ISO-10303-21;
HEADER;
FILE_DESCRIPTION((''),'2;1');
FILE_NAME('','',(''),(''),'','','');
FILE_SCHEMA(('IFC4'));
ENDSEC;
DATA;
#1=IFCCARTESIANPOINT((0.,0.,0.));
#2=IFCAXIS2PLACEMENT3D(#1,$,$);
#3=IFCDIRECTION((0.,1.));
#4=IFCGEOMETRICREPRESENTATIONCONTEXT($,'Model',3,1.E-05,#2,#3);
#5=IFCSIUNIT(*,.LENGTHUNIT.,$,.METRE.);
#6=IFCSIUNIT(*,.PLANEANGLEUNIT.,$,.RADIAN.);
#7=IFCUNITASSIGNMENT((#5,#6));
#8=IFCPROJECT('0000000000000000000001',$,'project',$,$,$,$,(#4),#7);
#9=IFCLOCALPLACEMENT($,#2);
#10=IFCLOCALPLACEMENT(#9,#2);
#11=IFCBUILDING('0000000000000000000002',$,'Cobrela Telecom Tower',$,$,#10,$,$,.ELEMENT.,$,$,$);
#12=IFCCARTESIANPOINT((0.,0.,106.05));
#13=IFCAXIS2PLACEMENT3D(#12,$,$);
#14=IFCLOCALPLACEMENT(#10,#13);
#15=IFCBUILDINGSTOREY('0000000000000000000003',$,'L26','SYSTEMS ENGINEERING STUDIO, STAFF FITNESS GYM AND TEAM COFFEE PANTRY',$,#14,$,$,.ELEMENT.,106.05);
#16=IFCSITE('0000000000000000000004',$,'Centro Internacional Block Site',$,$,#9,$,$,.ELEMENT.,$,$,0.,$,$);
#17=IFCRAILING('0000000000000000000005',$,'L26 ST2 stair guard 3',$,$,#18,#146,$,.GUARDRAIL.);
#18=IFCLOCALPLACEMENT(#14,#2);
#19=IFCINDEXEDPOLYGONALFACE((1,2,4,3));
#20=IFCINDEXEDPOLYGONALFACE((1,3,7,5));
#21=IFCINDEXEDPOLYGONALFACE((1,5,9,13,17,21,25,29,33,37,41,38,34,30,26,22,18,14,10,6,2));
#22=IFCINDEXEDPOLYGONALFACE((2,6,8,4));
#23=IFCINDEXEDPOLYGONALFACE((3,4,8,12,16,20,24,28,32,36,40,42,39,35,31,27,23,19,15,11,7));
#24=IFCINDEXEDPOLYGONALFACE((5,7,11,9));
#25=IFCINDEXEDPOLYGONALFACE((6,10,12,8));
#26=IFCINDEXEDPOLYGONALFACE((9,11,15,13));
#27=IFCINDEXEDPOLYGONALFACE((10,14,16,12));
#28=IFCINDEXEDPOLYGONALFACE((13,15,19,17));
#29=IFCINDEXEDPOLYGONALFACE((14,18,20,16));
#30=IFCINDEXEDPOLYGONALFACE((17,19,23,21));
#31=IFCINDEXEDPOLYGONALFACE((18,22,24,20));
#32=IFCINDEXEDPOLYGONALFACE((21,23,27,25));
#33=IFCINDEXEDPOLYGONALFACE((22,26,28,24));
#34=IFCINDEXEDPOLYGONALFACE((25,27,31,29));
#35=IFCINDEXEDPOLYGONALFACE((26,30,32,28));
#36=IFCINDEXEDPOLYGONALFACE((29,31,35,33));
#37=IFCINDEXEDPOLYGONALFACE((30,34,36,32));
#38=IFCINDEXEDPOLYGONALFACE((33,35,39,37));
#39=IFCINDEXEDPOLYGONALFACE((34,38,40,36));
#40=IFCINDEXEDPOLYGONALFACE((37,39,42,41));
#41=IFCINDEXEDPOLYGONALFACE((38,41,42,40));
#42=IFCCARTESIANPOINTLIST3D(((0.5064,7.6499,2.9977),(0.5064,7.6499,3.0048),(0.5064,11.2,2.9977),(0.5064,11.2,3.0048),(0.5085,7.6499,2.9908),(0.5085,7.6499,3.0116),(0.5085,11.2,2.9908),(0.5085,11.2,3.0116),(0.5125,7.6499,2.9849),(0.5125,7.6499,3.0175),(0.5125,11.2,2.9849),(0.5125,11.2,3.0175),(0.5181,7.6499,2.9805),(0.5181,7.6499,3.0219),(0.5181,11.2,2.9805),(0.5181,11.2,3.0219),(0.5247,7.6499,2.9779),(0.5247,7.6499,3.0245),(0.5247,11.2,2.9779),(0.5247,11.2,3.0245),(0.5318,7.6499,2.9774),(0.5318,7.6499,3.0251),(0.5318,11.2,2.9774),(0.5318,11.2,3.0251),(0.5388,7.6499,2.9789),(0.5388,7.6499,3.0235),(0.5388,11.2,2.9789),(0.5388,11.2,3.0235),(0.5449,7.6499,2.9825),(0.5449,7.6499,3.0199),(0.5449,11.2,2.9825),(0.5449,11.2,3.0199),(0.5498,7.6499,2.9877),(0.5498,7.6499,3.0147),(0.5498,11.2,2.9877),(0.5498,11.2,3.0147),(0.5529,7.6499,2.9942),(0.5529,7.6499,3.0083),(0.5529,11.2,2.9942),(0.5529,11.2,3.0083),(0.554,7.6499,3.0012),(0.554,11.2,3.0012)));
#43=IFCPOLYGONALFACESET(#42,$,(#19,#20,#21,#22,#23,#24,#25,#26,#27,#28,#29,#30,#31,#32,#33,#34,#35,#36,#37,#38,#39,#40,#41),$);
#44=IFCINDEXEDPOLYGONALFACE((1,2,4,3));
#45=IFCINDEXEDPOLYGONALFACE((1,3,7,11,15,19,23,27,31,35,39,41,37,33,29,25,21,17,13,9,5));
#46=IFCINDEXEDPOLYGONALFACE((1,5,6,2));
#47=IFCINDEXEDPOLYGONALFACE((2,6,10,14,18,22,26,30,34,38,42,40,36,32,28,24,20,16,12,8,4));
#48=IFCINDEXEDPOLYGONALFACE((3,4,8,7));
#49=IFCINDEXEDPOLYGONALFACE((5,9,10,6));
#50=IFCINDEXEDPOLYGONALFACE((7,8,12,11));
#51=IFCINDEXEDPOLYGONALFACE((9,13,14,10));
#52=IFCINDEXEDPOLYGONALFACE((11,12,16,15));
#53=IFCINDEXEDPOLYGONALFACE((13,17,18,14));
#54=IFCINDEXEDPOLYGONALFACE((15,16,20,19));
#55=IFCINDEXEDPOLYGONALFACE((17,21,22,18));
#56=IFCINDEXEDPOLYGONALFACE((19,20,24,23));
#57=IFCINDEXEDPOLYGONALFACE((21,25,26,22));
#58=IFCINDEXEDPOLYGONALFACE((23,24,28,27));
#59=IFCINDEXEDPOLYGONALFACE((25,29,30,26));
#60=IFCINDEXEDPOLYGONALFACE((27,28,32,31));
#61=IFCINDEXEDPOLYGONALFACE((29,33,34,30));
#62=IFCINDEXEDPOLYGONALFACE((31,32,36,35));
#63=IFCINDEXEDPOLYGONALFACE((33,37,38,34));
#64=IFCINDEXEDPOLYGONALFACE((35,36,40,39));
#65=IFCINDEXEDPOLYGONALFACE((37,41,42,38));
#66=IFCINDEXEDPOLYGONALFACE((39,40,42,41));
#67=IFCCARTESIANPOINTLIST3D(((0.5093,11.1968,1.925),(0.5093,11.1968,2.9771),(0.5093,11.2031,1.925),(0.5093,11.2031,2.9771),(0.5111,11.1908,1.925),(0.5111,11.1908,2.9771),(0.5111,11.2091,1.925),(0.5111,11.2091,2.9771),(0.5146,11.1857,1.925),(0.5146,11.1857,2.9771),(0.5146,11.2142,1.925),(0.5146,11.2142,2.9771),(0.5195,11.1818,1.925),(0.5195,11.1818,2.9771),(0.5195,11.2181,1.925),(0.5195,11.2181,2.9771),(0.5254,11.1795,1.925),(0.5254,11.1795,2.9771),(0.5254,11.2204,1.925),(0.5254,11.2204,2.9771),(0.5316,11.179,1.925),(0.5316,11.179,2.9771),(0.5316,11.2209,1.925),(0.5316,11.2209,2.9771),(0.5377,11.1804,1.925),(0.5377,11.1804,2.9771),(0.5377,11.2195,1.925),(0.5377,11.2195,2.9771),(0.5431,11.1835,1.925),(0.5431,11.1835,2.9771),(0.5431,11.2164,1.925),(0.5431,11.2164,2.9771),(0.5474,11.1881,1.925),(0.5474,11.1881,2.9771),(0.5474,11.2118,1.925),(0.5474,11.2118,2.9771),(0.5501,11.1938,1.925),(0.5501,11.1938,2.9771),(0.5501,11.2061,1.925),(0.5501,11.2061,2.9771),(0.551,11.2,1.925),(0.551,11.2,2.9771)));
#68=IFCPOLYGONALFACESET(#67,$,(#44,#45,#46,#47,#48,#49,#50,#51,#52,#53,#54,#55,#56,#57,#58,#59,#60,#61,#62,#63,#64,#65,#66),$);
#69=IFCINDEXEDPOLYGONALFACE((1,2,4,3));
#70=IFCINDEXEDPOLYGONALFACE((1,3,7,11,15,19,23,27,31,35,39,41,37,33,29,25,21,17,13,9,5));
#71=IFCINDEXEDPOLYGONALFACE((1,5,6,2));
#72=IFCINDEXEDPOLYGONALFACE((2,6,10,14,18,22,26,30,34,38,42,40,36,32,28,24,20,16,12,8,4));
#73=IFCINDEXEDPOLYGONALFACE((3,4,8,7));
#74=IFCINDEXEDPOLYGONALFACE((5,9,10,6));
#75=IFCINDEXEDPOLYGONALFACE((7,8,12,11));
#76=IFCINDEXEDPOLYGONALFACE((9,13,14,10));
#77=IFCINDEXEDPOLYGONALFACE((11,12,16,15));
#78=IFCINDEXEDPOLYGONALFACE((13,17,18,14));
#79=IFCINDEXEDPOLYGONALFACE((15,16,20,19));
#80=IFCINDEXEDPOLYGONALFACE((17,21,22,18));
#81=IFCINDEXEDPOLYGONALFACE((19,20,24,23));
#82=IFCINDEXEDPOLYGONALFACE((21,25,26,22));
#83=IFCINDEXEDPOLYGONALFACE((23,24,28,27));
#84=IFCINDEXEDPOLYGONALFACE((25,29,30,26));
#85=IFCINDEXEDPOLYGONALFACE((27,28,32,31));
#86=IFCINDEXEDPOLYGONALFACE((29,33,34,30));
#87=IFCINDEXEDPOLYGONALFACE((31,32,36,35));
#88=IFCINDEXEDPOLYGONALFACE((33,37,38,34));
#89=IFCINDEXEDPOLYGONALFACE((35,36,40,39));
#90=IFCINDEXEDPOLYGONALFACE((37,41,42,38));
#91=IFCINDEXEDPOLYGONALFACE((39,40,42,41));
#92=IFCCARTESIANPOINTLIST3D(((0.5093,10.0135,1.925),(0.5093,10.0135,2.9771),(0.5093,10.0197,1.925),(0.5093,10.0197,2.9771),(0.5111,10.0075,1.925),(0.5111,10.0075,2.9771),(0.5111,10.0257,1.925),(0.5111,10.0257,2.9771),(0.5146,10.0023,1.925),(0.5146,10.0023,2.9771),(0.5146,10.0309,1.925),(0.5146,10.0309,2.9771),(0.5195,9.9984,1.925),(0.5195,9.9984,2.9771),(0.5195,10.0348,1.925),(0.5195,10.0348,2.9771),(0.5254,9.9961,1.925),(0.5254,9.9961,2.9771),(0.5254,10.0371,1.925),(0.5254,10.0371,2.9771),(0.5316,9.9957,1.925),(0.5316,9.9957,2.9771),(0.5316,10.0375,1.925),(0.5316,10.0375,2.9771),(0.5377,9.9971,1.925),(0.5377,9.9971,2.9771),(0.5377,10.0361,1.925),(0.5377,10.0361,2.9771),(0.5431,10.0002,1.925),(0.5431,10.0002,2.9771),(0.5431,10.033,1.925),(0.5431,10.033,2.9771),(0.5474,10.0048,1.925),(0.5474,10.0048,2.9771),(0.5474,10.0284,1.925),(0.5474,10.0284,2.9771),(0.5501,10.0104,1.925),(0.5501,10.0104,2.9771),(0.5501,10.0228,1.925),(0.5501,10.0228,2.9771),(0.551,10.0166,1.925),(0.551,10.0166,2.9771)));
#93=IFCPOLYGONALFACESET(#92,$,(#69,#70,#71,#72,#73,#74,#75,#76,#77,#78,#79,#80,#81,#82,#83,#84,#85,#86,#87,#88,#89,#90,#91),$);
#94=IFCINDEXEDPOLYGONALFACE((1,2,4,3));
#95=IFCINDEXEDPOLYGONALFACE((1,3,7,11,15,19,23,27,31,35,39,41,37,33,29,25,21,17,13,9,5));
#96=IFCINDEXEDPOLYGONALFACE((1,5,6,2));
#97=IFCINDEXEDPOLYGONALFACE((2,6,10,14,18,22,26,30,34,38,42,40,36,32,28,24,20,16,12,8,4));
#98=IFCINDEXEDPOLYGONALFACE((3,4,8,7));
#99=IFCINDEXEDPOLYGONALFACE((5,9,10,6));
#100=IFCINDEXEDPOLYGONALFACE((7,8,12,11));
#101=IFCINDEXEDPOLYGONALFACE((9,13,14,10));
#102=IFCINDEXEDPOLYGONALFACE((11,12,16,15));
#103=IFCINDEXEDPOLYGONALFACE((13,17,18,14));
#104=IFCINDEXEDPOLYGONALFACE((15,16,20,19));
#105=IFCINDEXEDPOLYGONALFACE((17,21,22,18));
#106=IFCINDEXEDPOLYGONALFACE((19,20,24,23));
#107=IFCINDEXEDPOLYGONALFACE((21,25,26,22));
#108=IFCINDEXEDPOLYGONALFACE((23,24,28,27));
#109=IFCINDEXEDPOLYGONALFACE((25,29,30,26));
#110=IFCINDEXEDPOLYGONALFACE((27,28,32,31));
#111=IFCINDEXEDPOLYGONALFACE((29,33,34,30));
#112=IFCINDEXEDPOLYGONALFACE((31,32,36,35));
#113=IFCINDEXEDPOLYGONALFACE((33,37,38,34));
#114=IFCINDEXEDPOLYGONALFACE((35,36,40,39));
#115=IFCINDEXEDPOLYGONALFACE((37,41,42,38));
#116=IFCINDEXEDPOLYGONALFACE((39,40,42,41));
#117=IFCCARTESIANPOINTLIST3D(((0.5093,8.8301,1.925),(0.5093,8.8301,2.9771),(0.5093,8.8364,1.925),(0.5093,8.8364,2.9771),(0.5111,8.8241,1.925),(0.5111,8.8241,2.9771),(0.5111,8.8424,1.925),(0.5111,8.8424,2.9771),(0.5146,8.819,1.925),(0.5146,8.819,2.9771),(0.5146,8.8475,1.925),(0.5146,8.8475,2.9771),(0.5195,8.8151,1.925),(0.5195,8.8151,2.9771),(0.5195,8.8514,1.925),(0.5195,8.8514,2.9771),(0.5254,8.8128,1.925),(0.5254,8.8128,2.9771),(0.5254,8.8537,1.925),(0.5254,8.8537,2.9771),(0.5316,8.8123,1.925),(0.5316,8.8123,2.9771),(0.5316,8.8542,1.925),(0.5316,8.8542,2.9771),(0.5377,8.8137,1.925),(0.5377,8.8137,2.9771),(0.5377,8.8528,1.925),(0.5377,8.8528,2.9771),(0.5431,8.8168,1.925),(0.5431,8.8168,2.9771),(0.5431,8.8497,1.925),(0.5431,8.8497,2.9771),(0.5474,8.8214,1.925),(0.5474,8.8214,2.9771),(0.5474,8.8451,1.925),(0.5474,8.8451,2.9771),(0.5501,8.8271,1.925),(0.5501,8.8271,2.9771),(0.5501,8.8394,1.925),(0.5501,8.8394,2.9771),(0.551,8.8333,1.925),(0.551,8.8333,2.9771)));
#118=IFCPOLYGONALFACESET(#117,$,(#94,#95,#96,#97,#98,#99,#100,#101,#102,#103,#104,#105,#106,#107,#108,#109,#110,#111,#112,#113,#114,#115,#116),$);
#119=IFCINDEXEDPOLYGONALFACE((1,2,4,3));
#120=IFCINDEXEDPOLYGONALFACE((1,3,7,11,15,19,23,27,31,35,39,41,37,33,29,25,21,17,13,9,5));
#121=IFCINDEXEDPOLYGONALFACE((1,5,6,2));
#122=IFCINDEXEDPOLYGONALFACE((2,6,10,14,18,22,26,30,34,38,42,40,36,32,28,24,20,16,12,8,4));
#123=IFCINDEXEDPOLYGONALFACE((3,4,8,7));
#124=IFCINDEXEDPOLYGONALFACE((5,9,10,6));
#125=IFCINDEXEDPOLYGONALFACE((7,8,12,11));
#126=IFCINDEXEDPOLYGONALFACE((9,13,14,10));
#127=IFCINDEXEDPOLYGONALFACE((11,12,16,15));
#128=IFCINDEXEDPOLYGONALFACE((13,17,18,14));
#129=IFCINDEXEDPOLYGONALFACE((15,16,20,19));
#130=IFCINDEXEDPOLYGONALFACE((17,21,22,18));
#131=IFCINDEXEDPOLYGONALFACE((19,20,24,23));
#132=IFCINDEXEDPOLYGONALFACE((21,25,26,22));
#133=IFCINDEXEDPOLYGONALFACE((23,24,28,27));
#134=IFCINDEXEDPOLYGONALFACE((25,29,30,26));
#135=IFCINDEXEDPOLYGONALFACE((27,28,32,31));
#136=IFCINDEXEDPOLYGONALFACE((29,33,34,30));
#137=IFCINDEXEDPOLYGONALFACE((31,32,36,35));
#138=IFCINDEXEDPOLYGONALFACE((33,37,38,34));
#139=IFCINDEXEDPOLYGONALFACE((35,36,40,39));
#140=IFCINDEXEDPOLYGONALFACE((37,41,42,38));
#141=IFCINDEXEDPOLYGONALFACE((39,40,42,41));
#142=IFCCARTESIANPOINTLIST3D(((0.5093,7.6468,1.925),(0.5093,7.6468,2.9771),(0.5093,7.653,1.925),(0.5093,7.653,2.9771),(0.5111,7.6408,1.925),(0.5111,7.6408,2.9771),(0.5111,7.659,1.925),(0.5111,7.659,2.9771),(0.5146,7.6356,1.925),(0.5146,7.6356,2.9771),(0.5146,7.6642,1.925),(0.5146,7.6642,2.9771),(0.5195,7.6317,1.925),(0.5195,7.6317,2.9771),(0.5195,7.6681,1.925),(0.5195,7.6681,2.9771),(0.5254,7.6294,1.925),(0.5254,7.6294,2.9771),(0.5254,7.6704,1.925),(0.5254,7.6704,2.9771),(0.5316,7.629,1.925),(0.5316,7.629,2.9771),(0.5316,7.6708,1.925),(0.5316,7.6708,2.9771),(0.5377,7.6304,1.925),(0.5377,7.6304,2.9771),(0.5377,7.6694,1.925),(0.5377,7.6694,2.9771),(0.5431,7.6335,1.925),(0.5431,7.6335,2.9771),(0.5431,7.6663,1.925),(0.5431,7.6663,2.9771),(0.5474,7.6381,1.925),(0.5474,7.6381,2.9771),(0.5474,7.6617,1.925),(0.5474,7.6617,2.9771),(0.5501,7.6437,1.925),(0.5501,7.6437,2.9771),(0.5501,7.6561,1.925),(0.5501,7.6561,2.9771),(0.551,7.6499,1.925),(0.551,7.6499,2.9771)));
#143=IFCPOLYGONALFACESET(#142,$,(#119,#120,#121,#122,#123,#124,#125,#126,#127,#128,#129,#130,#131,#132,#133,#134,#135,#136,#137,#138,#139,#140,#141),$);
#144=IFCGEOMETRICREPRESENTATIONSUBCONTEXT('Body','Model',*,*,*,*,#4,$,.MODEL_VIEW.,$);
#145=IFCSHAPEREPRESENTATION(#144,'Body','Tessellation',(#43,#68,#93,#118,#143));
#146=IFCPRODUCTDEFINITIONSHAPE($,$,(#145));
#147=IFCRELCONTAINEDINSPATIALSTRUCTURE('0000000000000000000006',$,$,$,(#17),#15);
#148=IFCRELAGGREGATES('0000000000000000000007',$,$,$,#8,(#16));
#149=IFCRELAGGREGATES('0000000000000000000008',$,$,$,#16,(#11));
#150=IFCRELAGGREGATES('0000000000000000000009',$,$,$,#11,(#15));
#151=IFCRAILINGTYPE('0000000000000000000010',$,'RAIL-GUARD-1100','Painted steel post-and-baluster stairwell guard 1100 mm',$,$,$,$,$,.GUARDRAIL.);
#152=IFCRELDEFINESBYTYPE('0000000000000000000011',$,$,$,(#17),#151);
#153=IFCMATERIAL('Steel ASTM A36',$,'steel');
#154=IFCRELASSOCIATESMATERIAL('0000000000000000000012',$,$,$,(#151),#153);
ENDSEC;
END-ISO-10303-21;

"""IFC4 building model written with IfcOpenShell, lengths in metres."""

from ifc_helpers import new_model, si_unit, direction, frame, origin, origin_2d, place, context, subcontext, project, spatial, circle, extrude, material, type_object, element, save


model = new_model("IFC4")

# Units and contexts
model_context = context("Model", 3, precision=1e-05, world=origin(), true_north=direction((0.0, 1.0)))
body_context = subcontext(model_context, "Body", "Model", "MODEL_VIEW")
ifc_project = project(units=[si_unit("LENGTHUNIT", "METRE"), si_unit("PLANEANGLEUNIT", "RADIAN")], contexts=[model_context])

# Site, building, storey
site_placement = place(None, origin())
site = spatial("IfcSite", under=ifc_project, at=site_placement, Name="Centro Internacional Block Site", CompositionType="ELEMENT", RefElevation=0.0)
building_placement = place(site_placement, origin())
building = spatial("IfcBuilding", under=site, at=building_placement, Name="Cobrela Telecom Tower", CompositionType="ELEMENT")
storey_placement = place(building_placement, frame((0.0, 0.0, 106.05)))
storey = spatial("IfcBuildingStorey", under=building, at=storey_placement, Name="L26", Description="SYSTEMS ENGINEERING STUDIO, STAFF FITNESS GYM AND TEAM COFFEE PANTRY", CompositionType="ELEMENT", Elevation=106.05)

# Shared definitions
ifc_material_1 = material(Name="Steel ASTM A36", Category="steel")

# Railing
railing_type_1 = type_object("IfcRailingType", Name="RAIL-GUARD-1100", Description="Painted steel post-and-baluster stairwell guard 1100 mm", PredefinedType="GUARDRAIL", material=ifc_material_1)
railing_1_placement = place(storey_placement, frame((0.53, 11.2, 1.925)))
element("IfcRailing", 1, at=railing_1_placement, inside=storey, type_object=railing_type_1, Name="L26 ST2 stair guard 3", PredefinedType="GUARDRAIL", context=body_context, shape_type="SweptSolid", body=[
    extrude(circle(Radius=0.0239, at=origin_2d()), frame((0.0, 0.0, 1.0762), z_axis=(0.0, -1.0, 0.0), x_axis=(1.0, 0.0, 0.0)), (0.0, 0.0, 1.0), 3.55),
    extrude(circle(Radius=0.021, at=origin_2d()), origin(), (0.0, 0.0, 1.0), 1.052),
    extrude(circle(Radius=0.021, at=origin_2d()), frame((0.0, -1.1833, 0.0)), (0.0, 0.0, 1.0), 1.052),
    extrude(circle(Radius=0.021, at=origin_2d()), frame((0.0, -2.3667, 0.0)), (0.0, 0.0, 1.0), 1.052),
    extrude(circle(Radius=0.021, at=origin_2d()), frame((0.0, -3.55, 0.0)), (0.0, 0.0, 1.0), 1.052),
])

save(model, "model.ifc")
